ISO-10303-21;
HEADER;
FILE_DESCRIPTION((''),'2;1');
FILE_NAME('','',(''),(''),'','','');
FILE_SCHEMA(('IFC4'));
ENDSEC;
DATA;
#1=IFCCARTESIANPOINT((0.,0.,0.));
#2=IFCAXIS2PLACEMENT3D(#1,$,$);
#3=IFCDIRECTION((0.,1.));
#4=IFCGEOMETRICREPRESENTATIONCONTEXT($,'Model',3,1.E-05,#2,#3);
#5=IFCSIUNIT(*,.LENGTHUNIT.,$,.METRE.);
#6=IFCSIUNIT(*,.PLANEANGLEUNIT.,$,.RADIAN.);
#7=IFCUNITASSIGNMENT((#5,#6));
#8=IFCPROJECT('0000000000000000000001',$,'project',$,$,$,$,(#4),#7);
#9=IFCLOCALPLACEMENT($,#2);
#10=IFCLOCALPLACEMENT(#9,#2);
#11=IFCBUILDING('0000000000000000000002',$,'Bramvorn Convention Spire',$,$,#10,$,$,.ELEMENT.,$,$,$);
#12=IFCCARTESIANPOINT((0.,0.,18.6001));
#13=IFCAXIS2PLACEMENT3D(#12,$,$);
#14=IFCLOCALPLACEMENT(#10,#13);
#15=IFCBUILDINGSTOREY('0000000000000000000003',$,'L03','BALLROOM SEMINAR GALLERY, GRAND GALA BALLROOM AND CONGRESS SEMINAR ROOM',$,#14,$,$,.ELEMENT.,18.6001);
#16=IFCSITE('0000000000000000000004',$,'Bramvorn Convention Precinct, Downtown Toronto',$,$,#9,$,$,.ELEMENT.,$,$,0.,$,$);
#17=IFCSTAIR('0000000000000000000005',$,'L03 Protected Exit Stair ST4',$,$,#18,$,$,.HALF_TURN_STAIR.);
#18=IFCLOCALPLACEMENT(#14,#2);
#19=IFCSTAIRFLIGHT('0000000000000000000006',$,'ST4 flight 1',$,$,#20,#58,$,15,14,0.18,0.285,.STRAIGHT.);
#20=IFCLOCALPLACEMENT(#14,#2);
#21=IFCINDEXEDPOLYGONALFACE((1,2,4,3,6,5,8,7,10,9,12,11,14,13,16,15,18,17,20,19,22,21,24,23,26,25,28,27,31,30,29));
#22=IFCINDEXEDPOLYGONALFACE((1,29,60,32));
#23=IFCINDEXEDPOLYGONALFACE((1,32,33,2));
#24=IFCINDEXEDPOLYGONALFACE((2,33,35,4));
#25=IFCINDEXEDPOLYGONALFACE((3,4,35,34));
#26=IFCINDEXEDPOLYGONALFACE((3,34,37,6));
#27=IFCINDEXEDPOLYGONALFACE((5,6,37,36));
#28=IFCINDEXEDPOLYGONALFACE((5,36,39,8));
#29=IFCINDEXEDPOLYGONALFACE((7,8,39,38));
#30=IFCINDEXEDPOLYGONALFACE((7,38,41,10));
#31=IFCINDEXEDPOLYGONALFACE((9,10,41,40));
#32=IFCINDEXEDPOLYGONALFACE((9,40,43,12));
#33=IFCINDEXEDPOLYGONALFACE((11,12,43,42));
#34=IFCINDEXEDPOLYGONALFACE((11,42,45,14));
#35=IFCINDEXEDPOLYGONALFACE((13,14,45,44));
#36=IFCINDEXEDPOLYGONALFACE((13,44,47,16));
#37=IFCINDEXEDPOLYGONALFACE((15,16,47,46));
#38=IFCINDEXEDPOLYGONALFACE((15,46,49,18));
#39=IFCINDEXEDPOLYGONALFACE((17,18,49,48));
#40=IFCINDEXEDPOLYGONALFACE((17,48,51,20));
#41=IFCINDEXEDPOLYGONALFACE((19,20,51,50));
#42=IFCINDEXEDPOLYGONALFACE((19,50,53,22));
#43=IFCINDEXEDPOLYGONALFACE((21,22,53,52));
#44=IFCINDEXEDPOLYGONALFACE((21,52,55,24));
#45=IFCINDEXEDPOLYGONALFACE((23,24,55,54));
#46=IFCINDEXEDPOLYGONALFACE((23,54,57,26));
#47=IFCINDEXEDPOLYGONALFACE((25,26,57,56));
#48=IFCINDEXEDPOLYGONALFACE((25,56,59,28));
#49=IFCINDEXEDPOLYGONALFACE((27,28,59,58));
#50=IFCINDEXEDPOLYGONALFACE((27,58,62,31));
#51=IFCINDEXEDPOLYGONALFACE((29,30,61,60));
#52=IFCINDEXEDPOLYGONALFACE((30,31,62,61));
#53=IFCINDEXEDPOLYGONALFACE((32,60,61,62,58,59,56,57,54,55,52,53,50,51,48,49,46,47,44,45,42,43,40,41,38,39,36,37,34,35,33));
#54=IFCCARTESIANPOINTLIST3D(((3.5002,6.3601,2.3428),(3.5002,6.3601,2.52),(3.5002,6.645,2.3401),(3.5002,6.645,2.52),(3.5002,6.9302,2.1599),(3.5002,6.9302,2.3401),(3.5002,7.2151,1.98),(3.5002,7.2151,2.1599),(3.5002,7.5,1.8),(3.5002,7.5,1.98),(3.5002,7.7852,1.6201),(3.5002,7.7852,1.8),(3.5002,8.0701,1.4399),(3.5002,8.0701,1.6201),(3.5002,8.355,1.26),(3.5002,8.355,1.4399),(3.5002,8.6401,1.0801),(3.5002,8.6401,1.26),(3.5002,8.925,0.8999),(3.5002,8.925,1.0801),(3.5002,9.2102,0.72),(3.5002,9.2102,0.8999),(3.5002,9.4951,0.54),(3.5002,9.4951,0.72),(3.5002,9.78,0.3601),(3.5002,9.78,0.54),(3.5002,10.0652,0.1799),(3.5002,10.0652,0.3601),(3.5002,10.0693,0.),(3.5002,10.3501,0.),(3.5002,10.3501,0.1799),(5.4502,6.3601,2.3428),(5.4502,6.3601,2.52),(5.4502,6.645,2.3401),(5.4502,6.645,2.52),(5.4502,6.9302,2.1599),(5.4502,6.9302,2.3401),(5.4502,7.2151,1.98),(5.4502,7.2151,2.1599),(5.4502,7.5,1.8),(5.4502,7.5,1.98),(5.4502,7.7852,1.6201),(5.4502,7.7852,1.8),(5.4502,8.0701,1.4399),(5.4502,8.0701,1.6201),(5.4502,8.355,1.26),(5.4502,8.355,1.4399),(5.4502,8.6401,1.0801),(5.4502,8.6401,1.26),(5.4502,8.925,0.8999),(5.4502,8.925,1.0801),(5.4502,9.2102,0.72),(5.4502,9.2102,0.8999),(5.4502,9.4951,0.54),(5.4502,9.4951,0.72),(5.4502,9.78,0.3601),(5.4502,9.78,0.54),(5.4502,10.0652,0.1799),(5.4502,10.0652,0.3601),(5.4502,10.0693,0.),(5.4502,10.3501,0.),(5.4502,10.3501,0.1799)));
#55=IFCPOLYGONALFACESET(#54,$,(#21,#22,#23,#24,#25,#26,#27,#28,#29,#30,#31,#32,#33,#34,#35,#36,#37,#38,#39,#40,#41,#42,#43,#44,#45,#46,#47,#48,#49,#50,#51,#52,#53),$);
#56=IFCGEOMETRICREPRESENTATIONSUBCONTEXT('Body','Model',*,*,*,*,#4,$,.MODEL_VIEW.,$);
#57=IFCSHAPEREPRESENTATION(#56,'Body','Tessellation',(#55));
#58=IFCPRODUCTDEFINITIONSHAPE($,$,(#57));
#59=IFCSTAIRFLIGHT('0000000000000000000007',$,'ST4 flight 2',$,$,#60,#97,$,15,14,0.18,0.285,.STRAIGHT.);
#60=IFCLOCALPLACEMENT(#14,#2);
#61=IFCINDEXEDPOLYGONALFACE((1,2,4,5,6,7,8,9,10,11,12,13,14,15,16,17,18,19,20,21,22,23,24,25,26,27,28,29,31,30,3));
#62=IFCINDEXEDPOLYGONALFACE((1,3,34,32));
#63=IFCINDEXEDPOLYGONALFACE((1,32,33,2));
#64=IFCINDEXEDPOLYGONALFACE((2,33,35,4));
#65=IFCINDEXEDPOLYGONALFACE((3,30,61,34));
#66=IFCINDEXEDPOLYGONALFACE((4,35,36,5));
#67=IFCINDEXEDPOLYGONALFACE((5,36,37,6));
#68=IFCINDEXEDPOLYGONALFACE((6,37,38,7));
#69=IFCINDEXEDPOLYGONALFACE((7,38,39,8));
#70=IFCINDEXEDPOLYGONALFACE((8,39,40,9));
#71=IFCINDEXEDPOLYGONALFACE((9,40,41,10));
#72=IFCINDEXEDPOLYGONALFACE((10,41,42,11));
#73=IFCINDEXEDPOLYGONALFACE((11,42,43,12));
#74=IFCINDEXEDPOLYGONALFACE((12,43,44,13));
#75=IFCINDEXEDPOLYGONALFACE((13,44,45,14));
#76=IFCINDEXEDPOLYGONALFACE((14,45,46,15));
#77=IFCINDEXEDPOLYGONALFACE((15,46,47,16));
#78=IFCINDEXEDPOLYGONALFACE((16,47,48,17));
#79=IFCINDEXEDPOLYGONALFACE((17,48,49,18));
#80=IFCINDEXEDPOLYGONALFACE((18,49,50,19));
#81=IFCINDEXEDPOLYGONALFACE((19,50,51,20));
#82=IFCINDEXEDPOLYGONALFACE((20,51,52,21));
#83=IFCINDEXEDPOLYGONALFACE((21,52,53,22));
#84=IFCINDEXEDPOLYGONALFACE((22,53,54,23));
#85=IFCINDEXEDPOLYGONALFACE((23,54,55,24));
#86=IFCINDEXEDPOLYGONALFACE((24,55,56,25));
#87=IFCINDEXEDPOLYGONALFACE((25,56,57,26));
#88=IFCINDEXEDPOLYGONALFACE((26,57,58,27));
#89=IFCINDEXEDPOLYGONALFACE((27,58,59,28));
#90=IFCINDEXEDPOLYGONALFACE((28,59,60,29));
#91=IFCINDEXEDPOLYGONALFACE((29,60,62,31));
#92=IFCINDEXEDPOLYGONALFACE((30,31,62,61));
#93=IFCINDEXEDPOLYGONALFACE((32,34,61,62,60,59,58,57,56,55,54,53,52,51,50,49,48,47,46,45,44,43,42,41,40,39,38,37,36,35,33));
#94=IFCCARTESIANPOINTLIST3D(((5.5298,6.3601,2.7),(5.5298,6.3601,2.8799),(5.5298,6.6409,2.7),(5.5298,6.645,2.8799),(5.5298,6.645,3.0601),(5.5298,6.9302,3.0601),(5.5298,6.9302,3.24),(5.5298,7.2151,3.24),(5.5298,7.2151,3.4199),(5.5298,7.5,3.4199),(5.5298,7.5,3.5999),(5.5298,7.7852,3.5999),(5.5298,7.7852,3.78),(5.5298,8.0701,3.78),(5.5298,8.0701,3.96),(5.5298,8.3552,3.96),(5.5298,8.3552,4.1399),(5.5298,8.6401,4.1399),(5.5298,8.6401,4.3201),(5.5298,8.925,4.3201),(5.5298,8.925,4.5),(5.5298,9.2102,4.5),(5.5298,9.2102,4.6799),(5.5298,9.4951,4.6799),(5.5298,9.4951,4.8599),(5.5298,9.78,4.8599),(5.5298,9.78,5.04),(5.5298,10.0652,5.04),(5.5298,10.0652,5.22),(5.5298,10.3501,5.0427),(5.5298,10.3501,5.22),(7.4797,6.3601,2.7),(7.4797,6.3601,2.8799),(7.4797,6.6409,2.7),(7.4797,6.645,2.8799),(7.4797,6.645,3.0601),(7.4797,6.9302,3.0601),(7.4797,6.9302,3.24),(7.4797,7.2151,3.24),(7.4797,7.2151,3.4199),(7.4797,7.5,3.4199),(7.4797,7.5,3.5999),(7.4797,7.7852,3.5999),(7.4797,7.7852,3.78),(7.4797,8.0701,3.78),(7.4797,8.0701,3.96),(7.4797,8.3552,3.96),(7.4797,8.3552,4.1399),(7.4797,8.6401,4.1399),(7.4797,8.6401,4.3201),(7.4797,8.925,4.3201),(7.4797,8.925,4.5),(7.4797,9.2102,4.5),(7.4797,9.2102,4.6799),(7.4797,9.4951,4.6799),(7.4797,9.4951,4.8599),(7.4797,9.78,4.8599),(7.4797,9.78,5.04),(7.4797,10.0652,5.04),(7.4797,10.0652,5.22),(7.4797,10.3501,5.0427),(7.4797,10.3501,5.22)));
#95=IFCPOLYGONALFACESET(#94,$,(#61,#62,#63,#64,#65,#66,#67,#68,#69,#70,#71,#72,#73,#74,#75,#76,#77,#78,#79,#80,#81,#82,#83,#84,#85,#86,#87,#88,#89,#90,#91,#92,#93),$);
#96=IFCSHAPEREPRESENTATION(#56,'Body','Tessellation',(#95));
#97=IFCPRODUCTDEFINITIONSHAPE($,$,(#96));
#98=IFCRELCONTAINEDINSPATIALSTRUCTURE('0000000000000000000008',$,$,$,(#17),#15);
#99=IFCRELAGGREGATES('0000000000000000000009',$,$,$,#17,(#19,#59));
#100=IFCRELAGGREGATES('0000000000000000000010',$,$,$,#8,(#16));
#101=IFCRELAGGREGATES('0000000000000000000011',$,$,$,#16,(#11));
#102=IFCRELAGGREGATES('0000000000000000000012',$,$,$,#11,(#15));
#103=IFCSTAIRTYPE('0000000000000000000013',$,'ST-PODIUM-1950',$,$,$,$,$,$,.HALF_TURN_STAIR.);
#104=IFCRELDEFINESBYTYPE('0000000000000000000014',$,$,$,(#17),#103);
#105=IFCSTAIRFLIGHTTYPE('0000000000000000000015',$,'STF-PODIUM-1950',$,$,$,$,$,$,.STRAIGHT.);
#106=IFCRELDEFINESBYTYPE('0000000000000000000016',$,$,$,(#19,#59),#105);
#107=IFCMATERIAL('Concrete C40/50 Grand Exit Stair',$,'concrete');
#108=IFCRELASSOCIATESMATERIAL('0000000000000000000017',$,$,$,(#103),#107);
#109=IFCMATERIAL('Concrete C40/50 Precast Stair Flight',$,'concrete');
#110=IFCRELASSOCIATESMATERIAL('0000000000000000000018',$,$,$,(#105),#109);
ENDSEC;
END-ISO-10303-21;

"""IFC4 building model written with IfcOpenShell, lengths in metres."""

from ifc_helpers import new_model, si_unit, direction, frame, origin, place, context, subcontext, project, spatial, polyline, outline, extrude, material, type_object, element, aggregate, save


model = new_model("IFC4")

# Units and contexts
model_context = context("Model", 3, precision=1e-05, world=origin(), true_north=direction((0.0, 1.0)))
body_context = subcontext(model_context, "Body", "Model", "MODEL_VIEW")
ifc_project = project(units=[si_unit("LENGTHUNIT", "METRE"), si_unit("PLANEANGLEUNIT", "RADIAN")], contexts=[model_context])

# Site, building, storey
site_placement = place(None, origin())
site = spatial("IfcSite", under=ifc_project, at=site_placement, Name="Bramvorn Convention Precinct, Downtown Toronto", CompositionType="ELEMENT", RefElevation=0.0)
building_placement = place(site_placement, origin())
building = spatial("IfcBuilding", under=site, at=building_placement, Name="Bramvorn Convention Spire", CompositionType="ELEMENT")
storey_placement = place(building_placement, frame((0.0, 0.0, 18.6001)))
storey = spatial("IfcBuildingStorey", under=building, at=storey_placement, Name="L03", Description="BALLROOM SEMINAR GALLERY, GRAND GALA BALLROOM AND CONGRESS SEMINAR ROOM", CompositionType="ELEMENT", Elevation=18.6001)

# Stair, stair flights
ifc_material_1 = material(Name="Concrete C40/50 Grand Exit Stair", Category="concrete")
stair_type = type_object("IfcStairType", Name="ST-PODIUM-1950", PredefinedType="HALF_TURN_STAIR", material=ifc_material_1)
stair_placement = place(storey_placement, origin())
stair = element("IfcStair", 1, at=stair_placement, inside=storey, type_object=stair_type, Name="L03 Protected Exit Stair ST4", PredefinedType="HALF_TURN_STAIR")
ifc_material_2 = material(Name="Concrete C40/50 Precast Stair Flight", Category="concrete")
stair_flight_type = type_object("IfcStairFlightType", Name="STF-PODIUM-1950", PredefinedType="STRAIGHT", material=ifc_material_2)
stair_flight_1_placement = place(storey_placement, frame((4.4751, 10.3501, 0.0), z_axis=(0.0, 0.0, 1.0), x_axis=(0.0, -1.0, 0.0)))
stair_flight_1 = element("IfcStairFlight", 2, at=stair_flight_1_placement, type_object=stair_flight_type, Name="ST4 flight 1", NumberOfRisers=15, NumberOfTreads=14, PredefinedType="STRAIGHT", RiserHeight=0.18, TreadLength=0.285, context=body_context, shape_type="SweptSolid", body=[
    extrude(outline(polyline([(0.0, 0.0), (0.0, 0.1799), (0.2849, 0.1799), (0.2849, 0.3601), (0.5701, 0.3601), (0.5701, 0.54), (0.855, 0.54), (0.855, 0.72), (1.1399, 0.72), (1.1399, 0.8999), (1.425, 0.8999), (1.425, 1.0801), (1.71, 1.0801), (1.71, 1.26), (1.9951, 1.26), (1.9951, 1.4399), (2.28, 1.4399), (2.28, 1.6201), (2.5649, 1.6201), (2.5649, 1.8), (2.8501, 1.8), (2.8501, 1.98), (3.135, 1.98), (3.135, 2.1599), (3.4199, 2.1599), (3.4199, 2.3401), (3.7051, 2.3401), (3.7051, 2.52), (3.99, 2.52), (3.99, 2.7), (3.99, 2.3428), (0.2808, 0.0), (0.0, 0.0)])), frame((0.0, 0.9751, 0.0), z_axis=(0.0, -1.0, 0.0), x_axis=(1.0, 0.0, 0.0)), (0.0, 0.0, 1.0), 1.95),
])
stair_flight_2_placement = place(storey_placement, frame((6.5049, 6.3601, 2.7), z_axis=(0.0, 0.0, 1.0), x_axis=(0.0, 1.0, 0.0)))
stair_flight_2 = element("IfcStairFlight", 3, at=stair_flight_2_placement, type_object=stair_flight_type, Name="ST4 flight 2", NumberOfRisers=15, NumberOfTreads=14, PredefinedType="STRAIGHT", RiserHeight=0.18, TreadLength=0.285, context=body_context, shape_type="SweptSolid", body=[
    extrude(outline(polyline([(0.0, 0.0), (0.0, 0.1799), (0.2849, 0.1799), (0.2849, 0.3601), (0.5701, 0.3601), (0.5701, 0.54), (0.855, 0.54), (0.855, 0.72), (1.1399, 0.72), (1.1399, 0.8999), (1.425, 0.8999), (1.425, 1.0801), (1.71, 1.0801), (1.71, 1.26), (1.9951, 1.26), (1.9951, 1.4399), (2.28, 1.4399), (2.28, 1.6201), (2.5649, 1.6201), (2.5649, 1.8), (2.8501, 1.8), (2.8501, 1.98), (3.135, 1.98), (3.135, 2.1599), (3.4199, 2.1599), (3.4199, 2.3401), (3.7051, 2.3401), (3.7051, 2.52), (3.99, 2.52), (3.99, 2.7), (3.99, 2.3428), (0.2808, 0.0), (0.0, 0.0)])), frame((0.0, 0.9751, 0.0), z_axis=(0.0, -1.0, 0.0), x_axis=(1.0, 0.0, 0.0)), (0.0, 0.0, 1.0), 1.95),
])
aggregate(stair, [stair_flight_1, stair_flight_2])

save(model, "model.ifc")
